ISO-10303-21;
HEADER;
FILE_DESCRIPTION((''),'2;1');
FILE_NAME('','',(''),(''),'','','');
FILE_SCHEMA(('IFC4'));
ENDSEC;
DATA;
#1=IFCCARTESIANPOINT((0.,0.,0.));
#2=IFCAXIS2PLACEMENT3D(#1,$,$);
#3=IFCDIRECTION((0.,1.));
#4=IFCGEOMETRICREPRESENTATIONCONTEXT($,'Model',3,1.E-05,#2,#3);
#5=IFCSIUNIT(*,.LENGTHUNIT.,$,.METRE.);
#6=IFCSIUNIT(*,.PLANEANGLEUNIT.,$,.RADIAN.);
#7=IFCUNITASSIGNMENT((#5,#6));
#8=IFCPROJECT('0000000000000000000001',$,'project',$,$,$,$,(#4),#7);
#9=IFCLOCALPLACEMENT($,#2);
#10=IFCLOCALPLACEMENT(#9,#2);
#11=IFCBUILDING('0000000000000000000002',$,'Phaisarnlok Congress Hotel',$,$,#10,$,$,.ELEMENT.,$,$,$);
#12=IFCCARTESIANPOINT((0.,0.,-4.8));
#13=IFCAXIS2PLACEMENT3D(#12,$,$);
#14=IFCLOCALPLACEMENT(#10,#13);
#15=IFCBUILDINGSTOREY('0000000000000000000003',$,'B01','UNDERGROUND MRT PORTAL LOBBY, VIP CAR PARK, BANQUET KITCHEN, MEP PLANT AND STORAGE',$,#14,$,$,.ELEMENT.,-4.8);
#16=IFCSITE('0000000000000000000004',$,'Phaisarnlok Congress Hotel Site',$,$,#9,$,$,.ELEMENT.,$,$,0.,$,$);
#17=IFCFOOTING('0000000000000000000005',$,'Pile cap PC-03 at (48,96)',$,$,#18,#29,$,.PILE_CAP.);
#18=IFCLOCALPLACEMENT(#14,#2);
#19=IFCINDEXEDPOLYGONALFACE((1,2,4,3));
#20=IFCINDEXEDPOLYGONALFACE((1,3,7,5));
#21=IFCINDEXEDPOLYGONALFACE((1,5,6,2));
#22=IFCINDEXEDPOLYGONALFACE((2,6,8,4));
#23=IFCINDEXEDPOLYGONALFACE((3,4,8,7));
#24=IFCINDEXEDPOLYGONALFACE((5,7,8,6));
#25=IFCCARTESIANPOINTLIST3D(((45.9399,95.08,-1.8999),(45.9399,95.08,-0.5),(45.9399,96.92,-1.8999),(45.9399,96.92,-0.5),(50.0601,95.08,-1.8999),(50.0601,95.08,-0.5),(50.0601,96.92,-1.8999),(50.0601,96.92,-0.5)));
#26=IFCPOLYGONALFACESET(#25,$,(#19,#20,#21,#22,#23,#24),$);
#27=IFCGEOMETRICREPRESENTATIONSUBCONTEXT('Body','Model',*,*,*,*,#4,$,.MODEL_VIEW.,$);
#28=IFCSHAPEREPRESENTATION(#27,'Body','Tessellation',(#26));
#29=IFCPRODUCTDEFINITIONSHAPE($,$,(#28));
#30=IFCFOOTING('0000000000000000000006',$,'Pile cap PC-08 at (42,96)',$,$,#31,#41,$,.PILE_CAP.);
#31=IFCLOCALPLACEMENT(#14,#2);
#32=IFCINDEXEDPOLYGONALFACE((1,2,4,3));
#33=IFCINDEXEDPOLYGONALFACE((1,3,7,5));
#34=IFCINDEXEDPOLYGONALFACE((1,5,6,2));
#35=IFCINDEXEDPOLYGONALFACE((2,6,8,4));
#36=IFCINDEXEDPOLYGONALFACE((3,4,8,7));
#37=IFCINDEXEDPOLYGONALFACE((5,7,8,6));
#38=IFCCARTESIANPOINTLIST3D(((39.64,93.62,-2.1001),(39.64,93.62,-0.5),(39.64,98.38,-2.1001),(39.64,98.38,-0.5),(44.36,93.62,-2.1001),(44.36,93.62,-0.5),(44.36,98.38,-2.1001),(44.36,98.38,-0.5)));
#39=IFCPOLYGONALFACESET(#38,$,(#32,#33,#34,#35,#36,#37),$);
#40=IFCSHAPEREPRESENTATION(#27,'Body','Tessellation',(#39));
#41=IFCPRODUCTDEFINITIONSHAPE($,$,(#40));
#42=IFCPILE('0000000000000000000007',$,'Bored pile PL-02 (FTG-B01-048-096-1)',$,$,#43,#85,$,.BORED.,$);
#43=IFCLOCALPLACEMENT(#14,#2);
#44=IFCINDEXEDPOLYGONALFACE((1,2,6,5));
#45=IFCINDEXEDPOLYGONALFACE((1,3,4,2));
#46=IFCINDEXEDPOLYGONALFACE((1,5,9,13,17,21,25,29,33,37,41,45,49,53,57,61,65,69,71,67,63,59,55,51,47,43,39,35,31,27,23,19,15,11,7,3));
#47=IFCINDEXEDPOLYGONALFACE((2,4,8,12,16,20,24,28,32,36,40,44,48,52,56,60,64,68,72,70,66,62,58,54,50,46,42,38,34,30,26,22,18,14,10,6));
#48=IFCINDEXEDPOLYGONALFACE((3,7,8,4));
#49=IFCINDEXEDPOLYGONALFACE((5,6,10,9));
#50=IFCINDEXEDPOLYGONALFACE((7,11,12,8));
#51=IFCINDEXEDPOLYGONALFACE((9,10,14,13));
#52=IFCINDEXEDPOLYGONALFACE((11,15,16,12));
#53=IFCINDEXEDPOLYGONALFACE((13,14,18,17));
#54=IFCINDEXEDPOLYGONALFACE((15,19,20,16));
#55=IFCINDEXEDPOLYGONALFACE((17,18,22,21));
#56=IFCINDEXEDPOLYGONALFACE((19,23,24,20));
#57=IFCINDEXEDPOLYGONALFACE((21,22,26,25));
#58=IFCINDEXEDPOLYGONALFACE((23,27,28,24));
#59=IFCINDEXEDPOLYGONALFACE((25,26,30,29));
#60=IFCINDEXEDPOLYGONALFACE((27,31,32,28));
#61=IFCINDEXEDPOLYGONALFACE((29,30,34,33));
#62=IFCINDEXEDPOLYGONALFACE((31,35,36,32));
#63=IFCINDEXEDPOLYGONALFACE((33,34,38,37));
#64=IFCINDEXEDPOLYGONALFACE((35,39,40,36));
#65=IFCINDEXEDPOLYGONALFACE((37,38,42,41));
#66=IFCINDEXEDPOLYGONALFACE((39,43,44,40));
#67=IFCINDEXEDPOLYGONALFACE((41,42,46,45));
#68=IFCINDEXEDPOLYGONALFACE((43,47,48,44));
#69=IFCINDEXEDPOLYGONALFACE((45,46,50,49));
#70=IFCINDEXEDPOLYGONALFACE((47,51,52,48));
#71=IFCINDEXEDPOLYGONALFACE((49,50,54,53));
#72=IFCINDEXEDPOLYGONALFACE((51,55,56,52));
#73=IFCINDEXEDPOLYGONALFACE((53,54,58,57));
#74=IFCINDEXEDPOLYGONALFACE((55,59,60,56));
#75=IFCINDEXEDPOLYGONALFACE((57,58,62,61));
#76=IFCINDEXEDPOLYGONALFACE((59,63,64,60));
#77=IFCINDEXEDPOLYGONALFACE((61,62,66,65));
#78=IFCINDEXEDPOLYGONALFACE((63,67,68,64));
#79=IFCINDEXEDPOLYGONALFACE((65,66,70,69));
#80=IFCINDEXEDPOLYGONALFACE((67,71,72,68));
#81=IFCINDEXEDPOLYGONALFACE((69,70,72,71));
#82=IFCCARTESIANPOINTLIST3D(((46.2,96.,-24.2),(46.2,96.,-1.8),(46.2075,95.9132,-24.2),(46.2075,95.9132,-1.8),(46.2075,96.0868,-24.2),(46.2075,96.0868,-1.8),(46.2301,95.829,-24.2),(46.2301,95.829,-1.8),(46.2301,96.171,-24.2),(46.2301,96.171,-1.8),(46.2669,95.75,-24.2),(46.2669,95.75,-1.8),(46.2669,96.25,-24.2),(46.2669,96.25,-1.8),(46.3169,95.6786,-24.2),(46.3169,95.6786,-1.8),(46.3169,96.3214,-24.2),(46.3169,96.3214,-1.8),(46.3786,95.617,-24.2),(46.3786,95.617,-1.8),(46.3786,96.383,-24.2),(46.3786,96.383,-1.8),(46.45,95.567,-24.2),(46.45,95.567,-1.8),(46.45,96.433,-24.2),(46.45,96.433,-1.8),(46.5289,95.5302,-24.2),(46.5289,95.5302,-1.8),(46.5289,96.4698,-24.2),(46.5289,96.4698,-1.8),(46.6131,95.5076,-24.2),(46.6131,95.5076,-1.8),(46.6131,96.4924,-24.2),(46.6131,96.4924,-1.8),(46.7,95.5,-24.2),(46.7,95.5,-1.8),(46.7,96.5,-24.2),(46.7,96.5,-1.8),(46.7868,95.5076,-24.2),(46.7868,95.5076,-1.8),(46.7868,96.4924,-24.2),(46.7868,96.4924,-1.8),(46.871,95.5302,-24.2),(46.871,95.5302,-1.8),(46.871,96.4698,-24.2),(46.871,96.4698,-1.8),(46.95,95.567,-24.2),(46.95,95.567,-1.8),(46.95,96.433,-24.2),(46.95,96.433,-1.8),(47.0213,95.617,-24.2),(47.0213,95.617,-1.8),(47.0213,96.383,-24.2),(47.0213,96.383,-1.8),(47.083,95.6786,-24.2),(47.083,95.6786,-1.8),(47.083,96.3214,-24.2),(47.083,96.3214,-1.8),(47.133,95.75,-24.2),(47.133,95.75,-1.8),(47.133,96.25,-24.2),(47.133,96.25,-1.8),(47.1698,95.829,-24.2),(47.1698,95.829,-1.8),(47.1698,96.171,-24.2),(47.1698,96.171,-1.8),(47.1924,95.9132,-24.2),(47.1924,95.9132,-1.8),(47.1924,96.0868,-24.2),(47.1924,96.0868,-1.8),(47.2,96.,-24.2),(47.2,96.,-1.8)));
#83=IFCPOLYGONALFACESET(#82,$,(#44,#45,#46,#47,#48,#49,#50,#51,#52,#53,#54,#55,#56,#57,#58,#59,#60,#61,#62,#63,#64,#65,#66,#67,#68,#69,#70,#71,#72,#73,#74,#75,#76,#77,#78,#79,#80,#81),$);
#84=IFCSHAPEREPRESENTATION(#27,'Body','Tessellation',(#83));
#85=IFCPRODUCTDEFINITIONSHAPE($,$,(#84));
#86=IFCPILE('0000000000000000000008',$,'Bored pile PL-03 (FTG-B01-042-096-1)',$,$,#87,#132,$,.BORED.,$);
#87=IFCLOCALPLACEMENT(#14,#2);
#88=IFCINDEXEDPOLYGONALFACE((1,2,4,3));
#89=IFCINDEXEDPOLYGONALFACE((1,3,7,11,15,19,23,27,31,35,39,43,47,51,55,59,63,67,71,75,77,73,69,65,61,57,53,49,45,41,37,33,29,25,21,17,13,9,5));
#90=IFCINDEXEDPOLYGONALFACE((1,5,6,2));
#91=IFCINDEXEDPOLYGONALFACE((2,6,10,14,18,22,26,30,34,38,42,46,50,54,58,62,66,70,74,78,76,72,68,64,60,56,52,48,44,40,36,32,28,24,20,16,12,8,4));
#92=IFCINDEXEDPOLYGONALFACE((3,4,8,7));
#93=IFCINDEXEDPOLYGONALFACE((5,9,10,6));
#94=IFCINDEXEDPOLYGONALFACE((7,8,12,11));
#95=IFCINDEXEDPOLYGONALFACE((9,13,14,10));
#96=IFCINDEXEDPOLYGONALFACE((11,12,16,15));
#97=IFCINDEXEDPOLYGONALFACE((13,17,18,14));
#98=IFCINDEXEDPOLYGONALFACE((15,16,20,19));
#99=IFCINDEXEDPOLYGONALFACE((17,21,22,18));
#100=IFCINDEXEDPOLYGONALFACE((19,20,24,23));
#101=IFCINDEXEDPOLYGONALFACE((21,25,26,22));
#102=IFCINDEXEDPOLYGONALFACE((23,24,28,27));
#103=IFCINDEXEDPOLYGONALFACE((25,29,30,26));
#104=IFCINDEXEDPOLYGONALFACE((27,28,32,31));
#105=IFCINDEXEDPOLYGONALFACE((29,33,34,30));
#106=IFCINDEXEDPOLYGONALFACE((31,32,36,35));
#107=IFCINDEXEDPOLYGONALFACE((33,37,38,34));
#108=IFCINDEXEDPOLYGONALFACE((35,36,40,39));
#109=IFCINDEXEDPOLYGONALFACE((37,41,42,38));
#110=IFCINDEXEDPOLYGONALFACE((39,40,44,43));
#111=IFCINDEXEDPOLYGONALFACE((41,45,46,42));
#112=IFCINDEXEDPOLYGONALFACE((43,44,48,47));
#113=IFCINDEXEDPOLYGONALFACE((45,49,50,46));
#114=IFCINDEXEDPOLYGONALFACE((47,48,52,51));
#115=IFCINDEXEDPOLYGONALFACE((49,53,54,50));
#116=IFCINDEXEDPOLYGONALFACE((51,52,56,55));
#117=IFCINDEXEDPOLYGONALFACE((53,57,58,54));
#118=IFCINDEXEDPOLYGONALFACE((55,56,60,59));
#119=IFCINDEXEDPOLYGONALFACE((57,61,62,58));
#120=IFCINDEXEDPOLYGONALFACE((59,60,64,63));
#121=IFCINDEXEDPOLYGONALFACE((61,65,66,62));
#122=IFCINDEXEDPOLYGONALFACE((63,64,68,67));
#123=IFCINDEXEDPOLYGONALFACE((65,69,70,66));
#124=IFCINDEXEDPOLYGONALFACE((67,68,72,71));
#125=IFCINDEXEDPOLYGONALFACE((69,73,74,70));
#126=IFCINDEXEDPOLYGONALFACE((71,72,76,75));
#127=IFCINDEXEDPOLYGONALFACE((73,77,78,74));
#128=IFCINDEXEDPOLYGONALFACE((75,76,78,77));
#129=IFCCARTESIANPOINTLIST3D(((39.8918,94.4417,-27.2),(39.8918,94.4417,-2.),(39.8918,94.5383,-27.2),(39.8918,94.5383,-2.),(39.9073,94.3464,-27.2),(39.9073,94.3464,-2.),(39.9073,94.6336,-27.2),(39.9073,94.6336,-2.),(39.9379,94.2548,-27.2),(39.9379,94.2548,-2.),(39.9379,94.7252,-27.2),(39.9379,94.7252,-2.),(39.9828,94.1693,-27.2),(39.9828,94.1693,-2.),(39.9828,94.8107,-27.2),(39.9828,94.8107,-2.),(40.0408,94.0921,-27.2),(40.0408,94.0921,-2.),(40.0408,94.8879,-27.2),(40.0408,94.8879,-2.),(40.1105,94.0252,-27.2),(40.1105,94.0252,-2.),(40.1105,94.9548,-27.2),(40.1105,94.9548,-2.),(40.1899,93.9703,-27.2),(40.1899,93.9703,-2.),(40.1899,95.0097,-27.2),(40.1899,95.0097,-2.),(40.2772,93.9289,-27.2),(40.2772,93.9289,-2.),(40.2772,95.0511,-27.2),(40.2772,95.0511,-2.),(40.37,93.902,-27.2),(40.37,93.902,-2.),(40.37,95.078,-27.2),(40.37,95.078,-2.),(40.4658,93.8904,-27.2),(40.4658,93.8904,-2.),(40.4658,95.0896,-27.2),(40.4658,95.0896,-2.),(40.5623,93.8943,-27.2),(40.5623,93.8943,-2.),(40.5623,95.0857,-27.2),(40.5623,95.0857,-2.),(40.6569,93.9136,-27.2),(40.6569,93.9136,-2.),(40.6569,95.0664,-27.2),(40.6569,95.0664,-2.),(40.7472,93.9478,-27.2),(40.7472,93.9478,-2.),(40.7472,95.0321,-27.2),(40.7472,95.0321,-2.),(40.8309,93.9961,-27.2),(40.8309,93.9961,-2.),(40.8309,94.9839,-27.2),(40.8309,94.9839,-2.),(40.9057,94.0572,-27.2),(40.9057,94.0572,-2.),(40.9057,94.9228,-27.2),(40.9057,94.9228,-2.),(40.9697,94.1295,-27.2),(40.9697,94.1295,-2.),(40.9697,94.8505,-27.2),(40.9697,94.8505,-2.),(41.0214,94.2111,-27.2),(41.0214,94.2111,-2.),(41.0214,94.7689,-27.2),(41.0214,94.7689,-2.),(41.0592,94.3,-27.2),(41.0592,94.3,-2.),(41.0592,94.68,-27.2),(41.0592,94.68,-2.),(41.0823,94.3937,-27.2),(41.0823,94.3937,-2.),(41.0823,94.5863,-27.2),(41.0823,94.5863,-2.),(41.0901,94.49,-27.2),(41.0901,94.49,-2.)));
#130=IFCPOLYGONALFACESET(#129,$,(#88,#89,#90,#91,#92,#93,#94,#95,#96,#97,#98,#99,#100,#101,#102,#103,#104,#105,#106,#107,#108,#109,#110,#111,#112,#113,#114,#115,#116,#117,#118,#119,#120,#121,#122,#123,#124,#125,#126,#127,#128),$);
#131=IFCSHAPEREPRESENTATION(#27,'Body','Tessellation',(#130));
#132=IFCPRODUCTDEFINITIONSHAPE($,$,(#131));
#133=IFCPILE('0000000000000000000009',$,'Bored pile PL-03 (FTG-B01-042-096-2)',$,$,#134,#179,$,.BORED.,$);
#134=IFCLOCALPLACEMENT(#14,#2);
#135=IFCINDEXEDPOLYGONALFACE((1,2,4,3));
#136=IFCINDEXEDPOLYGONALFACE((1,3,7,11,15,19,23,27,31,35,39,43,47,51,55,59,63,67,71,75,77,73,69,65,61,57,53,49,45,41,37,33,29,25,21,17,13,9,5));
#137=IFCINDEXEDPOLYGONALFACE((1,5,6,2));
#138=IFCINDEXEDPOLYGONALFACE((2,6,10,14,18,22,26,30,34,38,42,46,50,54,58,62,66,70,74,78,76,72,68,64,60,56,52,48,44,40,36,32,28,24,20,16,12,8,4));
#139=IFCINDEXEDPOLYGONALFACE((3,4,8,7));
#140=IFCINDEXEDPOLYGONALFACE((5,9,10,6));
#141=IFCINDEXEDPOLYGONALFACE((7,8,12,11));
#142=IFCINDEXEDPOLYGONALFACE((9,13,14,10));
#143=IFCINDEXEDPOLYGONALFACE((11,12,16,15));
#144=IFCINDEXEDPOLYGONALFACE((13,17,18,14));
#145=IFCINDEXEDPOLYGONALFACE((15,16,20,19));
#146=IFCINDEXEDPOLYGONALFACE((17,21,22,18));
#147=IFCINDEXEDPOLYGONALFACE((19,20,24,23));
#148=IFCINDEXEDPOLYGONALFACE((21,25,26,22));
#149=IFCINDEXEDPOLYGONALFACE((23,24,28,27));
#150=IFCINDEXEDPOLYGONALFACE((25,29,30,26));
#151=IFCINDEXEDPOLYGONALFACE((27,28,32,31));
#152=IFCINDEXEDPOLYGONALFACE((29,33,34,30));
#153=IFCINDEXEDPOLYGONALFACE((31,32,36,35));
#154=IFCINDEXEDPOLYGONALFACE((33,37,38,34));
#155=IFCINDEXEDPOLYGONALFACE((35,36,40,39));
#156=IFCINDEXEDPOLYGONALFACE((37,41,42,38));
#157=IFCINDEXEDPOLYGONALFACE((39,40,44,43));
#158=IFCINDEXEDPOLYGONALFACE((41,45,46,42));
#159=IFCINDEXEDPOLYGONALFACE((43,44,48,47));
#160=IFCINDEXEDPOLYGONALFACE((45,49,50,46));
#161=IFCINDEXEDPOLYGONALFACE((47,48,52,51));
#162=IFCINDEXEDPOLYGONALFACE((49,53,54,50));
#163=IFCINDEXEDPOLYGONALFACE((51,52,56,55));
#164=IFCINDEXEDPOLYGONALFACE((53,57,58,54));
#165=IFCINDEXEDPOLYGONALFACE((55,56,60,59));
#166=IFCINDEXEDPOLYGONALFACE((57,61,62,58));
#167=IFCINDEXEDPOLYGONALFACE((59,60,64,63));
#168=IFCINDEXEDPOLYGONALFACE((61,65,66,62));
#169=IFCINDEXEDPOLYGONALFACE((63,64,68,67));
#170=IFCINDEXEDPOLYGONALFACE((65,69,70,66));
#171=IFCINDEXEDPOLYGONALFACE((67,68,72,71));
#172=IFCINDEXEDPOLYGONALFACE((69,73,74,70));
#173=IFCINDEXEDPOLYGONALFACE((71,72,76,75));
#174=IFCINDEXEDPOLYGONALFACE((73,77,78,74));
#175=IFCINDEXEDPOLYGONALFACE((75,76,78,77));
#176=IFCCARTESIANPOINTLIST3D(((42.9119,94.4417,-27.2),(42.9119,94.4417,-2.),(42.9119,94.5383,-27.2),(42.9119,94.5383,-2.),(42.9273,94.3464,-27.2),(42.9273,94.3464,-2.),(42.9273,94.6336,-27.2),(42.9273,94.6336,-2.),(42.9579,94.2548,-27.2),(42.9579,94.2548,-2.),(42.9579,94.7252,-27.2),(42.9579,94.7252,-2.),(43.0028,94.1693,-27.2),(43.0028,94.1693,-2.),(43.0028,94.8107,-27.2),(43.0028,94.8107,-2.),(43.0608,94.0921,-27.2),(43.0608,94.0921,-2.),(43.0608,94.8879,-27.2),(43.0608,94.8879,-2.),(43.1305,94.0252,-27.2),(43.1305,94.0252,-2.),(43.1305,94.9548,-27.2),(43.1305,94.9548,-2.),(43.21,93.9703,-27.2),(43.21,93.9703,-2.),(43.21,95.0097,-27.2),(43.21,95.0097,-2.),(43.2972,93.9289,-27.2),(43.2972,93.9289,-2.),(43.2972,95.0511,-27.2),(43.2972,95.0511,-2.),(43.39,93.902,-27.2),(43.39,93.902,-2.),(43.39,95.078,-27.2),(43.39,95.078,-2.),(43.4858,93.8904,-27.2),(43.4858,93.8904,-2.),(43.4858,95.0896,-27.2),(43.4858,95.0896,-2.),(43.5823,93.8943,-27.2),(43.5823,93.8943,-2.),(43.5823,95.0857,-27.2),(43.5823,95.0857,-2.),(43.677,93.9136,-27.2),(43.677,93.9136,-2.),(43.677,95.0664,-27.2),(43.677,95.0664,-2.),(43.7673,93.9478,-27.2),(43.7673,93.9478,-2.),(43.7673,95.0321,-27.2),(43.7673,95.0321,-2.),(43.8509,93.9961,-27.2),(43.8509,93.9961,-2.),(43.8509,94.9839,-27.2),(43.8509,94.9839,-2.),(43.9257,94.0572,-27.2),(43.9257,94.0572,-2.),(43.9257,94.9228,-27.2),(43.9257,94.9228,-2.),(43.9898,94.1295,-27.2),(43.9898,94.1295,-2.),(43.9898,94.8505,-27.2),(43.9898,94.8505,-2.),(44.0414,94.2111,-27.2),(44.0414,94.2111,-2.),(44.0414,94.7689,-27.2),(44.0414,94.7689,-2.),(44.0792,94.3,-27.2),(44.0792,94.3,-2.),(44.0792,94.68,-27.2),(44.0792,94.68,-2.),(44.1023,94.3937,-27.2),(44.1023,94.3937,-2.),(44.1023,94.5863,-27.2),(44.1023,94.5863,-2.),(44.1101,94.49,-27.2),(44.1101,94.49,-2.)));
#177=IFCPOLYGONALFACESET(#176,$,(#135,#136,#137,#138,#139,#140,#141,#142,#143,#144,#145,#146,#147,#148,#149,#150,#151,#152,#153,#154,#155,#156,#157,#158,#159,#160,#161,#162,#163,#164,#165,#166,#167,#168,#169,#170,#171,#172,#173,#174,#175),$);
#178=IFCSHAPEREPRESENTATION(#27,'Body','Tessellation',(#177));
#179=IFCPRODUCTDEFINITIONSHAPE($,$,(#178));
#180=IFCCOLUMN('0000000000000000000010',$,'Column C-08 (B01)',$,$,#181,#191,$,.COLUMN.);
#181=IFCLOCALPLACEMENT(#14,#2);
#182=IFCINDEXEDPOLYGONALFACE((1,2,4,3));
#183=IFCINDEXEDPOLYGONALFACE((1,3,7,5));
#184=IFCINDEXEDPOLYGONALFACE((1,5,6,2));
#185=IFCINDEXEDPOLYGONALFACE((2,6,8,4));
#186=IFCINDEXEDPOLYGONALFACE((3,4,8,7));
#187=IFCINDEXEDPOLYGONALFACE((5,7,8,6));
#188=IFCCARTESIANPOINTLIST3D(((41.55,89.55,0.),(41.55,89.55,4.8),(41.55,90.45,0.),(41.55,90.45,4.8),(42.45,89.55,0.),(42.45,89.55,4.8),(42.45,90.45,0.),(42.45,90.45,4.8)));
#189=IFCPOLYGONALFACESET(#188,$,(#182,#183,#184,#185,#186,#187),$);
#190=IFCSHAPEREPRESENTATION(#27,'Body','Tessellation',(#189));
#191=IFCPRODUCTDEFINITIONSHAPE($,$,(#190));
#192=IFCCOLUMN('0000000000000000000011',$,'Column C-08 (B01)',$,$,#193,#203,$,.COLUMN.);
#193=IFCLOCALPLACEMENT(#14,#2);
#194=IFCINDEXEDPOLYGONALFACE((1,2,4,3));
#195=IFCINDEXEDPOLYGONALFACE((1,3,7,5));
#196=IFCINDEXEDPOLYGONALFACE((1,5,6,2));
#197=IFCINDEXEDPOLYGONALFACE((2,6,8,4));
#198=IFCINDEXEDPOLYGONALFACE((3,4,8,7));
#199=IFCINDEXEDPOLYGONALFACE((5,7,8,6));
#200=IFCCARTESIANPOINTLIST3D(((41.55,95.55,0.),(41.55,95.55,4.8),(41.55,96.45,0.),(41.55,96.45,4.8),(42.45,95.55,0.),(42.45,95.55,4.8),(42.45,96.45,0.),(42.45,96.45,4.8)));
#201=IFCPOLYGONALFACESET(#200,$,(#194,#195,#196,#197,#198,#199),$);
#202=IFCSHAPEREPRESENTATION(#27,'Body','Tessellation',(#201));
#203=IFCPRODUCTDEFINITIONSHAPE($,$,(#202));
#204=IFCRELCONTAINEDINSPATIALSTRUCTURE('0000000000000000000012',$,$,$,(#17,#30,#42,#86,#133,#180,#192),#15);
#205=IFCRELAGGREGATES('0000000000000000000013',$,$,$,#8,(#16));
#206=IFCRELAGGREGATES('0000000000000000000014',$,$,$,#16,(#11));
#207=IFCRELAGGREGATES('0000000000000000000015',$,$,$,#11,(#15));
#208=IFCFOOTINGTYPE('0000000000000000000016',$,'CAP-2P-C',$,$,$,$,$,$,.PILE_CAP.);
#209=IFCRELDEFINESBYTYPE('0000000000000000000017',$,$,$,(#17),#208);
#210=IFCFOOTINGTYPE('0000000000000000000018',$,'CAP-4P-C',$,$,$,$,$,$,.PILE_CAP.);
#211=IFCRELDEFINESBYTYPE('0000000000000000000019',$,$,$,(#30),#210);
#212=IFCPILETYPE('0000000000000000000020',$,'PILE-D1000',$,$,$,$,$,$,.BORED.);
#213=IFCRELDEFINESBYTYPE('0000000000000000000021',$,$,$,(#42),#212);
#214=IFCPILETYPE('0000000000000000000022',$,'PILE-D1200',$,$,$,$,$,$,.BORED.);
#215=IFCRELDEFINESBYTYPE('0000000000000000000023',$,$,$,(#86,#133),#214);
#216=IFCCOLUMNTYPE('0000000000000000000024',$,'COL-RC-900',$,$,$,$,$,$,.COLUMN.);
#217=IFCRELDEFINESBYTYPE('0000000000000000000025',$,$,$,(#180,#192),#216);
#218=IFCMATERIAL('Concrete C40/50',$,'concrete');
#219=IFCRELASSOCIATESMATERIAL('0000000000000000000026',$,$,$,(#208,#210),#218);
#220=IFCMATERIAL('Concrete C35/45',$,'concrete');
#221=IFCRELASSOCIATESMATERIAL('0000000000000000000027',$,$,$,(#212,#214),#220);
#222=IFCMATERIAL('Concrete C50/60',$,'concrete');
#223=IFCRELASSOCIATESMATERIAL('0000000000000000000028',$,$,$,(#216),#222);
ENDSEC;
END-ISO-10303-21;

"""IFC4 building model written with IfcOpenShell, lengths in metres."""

from ifc_helpers import new_model, si_unit, direction, frame, origin, origin_2d, place, context, subcontext, project, spatial, rectangle, circle, extrude, material, material_profile, profile_set, type_object, element, save


model = new_model("IFC4")

# Units and contexts
model_context = context("Model", 3, precision=1e-05, world=origin(), true_north=direction((0.0, 1.0)))
body_context = subcontext(model_context, "Body", "Model", "MODEL_VIEW")
ifc_project = project(units=[si_unit("LENGTHUNIT", "METRE"), si_unit("PLANEANGLEUNIT", "RADIAN")], contexts=[model_context])

# Site, building, storey
site_placement = place(None, origin())
site = spatial("IfcSite", under=ifc_project, at=site_placement, Name="Phaisarnlok Congress Hotel Site", CompositionType="ELEMENT", RefElevation=0.0)
building_placement = place(site_placement, origin())
building = spatial("IfcBuilding", under=site, at=building_placement, Name="Phaisarnlok Congress Hotel", CompositionType="ELEMENT")
storey_placement = place(building_placement, frame((0.0, 0.0, -4.8)))
storey = spatial("IfcBuildingStorey", under=building, at=storey_placement, Name="B01", Description="UNDERGROUND MRT PORTAL LOBBY, VIP CAR PARK, BANQUET KITCHEN, MEP PLANT AND STORAGE", CompositionType="ELEMENT", Elevation=-4.8)

# Footings
ifc_material_1 = material(Name="Concrete C40/50", Category="concrete")
footing_type_1 = type_object("IfcFootingType", Name="CAP-2P-C", PredefinedType="PILE_CAP", material=ifc_material_1)
footing_1_placement = place(storey_placement, frame((48.0, 96.0, -1.8999), z_axis=(0.0, 0.0, 1.0), x_axis=(1.0, 0.0, 0.0)))
element("IfcFooting", 1, at=footing_1_placement, inside=storey, type_object=footing_type_1, Name="Pile cap PC-03 at (48,96)", PredefinedType="PILE_CAP", context=body_context, shape_type="SweptSolid", body=[
    extrude(rectangle(XDim=4.1201, YDim=1.8401, at=origin_2d()), origin(), (0.0, 0.0, 1.0), 1.3999),
])
footing_type_2 = type_object("IfcFootingType", Name="CAP-4P-C", PredefinedType="PILE_CAP", material=ifc_material_1)
footing_2_placement = place(storey_placement, frame((42.0, 96.0, -2.1001), z_axis=(0.0, 0.0, 1.0), x_axis=(1.0, 0.0, 0.0)))
element("IfcFooting", 2, at=footing_2_placement, inside=storey, type_object=footing_type_2, Name="Pile cap PC-08 at (42,96)", PredefinedType="PILE_CAP", context=body_context, shape_type="SweptSolid", body=[
    extrude(rectangle(XDim=4.72, YDim=4.76, at=origin_2d()), origin(), (0.0, 0.0, 1.0), 1.6001),
])

# Piles
ifc_material_2 = material(Name="Concrete C35/45", Category="concrete")
ifc_material_profile_1 = material_profile(ifc_material_2, circle(Radius=0.5, at=origin_2d()), Name="BORED PILE D1000")
ifc_profile_set_1 = profile_set([ifc_material_profile_1], Name="Concrete C35/45")
pile_type_1 = type_object("IfcPileType", Name="PILE-D1000", PredefinedType="BORED", material=ifc_profile_set_1)
pile_placement = place(storey_placement, frame((46.7, 96.0, -1.8), z_axis=(0.0, 0.0, -1.0), x_axis=(1.0, 0.0, 0.0)))
element("IfcPile", 3, at=pile_placement, inside=storey, type_object=pile_type_1, Name="Bored pile PL-02 (FTG-B01-048-096-1)", PredefinedType="BORED", context=body_context, shape_type="SweptSolid", body=[
    extrude(circle(Radius=0.5, at=origin_2d()), origin(), (0.0, 0.0, 1.0), 22.3999),
])
ifc_material_profile_2 = material_profile(ifc_material_2, circle(Radius=0.6001, at=origin_2d()), Name="BORED PILE D1200")
ifc_profile_set_2 = profile_set([ifc_material_profile_2], Name="Concrete C35/45")
pile_type_2 = type_object("IfcPileType", Name="PILE-D1200", PredefinedType="BORED", material=ifc_profile_set_2)
for number, where, z_axis, x_axis, name in (
    (4, (40.49, 94.49, -2.0), (0.0, 0.0, -1.0), (1.0, 0.0, 0.0), "Bored pile PL-03 (FTG-B01-042-096-1)"),
    (5, (43.51, 94.49, -2.0), (0.0, 0.0, -1.0), (1.0, 0.0, 0.0), "Bored pile PL-03 (FTG-B01-042-096-2)"),
):
    element("IfcPile", number, at=place(storey_placement, frame(where, z_axis=z_axis, x_axis=x_axis)), inside=storey, type_object=pile_type_2, Name=name, PredefinedType="BORED", context=body_context, shape_type="SweptSolid", body=[
        extrude(circle(Radius=0.6001, at=origin_2d()), origin(), (0.0, 0.0, 1.0), 25.2),
    ])

# Columns
ifc_material_3 = material(Name="Concrete C50/60", Category="concrete")
ifc_material_profile_3 = material_profile(ifc_material_3, rectangle(XDim=0.8999, YDim=0.8999, at=origin_2d()), Name="RC 900x900")
ifc_profile_set_3 = profile_set([ifc_material_profile_3], Name="Concrete C50/60")
column_type = type_object("IfcColumnType", Name="COL-RC-900", PredefinedType="COLUMN", material=ifc_profile_set_3)
for number, where, z_axis, x_axis, name in (
    (6, (42.0, 90.0, 0.0), (0.0, 0.0, 1.0), (1.0, 0.0, 0.0), "Column C-08 (B01)"),
    (7, (42.0, 96.0, 0.0), (0.0, 0.0, 1.0), (1.0, 0.0, 0.0), "Column C-08 (B01)"),
):
    element("IfcColumn", number, at=place(storey_placement, frame(where, z_axis=z_axis, x_axis=x_axis)), inside=storey, type_object=column_type, Name=name, PredefinedType="COLUMN", context=body_context, shape_type="SweptSolid", body=[
        extrude(rectangle(XDim=0.8999, YDim=0.8999, at=origin_2d()), origin(), (0.0, 0.0, 1.0), 4.8),
    ])

save(model, "model.ifc")
